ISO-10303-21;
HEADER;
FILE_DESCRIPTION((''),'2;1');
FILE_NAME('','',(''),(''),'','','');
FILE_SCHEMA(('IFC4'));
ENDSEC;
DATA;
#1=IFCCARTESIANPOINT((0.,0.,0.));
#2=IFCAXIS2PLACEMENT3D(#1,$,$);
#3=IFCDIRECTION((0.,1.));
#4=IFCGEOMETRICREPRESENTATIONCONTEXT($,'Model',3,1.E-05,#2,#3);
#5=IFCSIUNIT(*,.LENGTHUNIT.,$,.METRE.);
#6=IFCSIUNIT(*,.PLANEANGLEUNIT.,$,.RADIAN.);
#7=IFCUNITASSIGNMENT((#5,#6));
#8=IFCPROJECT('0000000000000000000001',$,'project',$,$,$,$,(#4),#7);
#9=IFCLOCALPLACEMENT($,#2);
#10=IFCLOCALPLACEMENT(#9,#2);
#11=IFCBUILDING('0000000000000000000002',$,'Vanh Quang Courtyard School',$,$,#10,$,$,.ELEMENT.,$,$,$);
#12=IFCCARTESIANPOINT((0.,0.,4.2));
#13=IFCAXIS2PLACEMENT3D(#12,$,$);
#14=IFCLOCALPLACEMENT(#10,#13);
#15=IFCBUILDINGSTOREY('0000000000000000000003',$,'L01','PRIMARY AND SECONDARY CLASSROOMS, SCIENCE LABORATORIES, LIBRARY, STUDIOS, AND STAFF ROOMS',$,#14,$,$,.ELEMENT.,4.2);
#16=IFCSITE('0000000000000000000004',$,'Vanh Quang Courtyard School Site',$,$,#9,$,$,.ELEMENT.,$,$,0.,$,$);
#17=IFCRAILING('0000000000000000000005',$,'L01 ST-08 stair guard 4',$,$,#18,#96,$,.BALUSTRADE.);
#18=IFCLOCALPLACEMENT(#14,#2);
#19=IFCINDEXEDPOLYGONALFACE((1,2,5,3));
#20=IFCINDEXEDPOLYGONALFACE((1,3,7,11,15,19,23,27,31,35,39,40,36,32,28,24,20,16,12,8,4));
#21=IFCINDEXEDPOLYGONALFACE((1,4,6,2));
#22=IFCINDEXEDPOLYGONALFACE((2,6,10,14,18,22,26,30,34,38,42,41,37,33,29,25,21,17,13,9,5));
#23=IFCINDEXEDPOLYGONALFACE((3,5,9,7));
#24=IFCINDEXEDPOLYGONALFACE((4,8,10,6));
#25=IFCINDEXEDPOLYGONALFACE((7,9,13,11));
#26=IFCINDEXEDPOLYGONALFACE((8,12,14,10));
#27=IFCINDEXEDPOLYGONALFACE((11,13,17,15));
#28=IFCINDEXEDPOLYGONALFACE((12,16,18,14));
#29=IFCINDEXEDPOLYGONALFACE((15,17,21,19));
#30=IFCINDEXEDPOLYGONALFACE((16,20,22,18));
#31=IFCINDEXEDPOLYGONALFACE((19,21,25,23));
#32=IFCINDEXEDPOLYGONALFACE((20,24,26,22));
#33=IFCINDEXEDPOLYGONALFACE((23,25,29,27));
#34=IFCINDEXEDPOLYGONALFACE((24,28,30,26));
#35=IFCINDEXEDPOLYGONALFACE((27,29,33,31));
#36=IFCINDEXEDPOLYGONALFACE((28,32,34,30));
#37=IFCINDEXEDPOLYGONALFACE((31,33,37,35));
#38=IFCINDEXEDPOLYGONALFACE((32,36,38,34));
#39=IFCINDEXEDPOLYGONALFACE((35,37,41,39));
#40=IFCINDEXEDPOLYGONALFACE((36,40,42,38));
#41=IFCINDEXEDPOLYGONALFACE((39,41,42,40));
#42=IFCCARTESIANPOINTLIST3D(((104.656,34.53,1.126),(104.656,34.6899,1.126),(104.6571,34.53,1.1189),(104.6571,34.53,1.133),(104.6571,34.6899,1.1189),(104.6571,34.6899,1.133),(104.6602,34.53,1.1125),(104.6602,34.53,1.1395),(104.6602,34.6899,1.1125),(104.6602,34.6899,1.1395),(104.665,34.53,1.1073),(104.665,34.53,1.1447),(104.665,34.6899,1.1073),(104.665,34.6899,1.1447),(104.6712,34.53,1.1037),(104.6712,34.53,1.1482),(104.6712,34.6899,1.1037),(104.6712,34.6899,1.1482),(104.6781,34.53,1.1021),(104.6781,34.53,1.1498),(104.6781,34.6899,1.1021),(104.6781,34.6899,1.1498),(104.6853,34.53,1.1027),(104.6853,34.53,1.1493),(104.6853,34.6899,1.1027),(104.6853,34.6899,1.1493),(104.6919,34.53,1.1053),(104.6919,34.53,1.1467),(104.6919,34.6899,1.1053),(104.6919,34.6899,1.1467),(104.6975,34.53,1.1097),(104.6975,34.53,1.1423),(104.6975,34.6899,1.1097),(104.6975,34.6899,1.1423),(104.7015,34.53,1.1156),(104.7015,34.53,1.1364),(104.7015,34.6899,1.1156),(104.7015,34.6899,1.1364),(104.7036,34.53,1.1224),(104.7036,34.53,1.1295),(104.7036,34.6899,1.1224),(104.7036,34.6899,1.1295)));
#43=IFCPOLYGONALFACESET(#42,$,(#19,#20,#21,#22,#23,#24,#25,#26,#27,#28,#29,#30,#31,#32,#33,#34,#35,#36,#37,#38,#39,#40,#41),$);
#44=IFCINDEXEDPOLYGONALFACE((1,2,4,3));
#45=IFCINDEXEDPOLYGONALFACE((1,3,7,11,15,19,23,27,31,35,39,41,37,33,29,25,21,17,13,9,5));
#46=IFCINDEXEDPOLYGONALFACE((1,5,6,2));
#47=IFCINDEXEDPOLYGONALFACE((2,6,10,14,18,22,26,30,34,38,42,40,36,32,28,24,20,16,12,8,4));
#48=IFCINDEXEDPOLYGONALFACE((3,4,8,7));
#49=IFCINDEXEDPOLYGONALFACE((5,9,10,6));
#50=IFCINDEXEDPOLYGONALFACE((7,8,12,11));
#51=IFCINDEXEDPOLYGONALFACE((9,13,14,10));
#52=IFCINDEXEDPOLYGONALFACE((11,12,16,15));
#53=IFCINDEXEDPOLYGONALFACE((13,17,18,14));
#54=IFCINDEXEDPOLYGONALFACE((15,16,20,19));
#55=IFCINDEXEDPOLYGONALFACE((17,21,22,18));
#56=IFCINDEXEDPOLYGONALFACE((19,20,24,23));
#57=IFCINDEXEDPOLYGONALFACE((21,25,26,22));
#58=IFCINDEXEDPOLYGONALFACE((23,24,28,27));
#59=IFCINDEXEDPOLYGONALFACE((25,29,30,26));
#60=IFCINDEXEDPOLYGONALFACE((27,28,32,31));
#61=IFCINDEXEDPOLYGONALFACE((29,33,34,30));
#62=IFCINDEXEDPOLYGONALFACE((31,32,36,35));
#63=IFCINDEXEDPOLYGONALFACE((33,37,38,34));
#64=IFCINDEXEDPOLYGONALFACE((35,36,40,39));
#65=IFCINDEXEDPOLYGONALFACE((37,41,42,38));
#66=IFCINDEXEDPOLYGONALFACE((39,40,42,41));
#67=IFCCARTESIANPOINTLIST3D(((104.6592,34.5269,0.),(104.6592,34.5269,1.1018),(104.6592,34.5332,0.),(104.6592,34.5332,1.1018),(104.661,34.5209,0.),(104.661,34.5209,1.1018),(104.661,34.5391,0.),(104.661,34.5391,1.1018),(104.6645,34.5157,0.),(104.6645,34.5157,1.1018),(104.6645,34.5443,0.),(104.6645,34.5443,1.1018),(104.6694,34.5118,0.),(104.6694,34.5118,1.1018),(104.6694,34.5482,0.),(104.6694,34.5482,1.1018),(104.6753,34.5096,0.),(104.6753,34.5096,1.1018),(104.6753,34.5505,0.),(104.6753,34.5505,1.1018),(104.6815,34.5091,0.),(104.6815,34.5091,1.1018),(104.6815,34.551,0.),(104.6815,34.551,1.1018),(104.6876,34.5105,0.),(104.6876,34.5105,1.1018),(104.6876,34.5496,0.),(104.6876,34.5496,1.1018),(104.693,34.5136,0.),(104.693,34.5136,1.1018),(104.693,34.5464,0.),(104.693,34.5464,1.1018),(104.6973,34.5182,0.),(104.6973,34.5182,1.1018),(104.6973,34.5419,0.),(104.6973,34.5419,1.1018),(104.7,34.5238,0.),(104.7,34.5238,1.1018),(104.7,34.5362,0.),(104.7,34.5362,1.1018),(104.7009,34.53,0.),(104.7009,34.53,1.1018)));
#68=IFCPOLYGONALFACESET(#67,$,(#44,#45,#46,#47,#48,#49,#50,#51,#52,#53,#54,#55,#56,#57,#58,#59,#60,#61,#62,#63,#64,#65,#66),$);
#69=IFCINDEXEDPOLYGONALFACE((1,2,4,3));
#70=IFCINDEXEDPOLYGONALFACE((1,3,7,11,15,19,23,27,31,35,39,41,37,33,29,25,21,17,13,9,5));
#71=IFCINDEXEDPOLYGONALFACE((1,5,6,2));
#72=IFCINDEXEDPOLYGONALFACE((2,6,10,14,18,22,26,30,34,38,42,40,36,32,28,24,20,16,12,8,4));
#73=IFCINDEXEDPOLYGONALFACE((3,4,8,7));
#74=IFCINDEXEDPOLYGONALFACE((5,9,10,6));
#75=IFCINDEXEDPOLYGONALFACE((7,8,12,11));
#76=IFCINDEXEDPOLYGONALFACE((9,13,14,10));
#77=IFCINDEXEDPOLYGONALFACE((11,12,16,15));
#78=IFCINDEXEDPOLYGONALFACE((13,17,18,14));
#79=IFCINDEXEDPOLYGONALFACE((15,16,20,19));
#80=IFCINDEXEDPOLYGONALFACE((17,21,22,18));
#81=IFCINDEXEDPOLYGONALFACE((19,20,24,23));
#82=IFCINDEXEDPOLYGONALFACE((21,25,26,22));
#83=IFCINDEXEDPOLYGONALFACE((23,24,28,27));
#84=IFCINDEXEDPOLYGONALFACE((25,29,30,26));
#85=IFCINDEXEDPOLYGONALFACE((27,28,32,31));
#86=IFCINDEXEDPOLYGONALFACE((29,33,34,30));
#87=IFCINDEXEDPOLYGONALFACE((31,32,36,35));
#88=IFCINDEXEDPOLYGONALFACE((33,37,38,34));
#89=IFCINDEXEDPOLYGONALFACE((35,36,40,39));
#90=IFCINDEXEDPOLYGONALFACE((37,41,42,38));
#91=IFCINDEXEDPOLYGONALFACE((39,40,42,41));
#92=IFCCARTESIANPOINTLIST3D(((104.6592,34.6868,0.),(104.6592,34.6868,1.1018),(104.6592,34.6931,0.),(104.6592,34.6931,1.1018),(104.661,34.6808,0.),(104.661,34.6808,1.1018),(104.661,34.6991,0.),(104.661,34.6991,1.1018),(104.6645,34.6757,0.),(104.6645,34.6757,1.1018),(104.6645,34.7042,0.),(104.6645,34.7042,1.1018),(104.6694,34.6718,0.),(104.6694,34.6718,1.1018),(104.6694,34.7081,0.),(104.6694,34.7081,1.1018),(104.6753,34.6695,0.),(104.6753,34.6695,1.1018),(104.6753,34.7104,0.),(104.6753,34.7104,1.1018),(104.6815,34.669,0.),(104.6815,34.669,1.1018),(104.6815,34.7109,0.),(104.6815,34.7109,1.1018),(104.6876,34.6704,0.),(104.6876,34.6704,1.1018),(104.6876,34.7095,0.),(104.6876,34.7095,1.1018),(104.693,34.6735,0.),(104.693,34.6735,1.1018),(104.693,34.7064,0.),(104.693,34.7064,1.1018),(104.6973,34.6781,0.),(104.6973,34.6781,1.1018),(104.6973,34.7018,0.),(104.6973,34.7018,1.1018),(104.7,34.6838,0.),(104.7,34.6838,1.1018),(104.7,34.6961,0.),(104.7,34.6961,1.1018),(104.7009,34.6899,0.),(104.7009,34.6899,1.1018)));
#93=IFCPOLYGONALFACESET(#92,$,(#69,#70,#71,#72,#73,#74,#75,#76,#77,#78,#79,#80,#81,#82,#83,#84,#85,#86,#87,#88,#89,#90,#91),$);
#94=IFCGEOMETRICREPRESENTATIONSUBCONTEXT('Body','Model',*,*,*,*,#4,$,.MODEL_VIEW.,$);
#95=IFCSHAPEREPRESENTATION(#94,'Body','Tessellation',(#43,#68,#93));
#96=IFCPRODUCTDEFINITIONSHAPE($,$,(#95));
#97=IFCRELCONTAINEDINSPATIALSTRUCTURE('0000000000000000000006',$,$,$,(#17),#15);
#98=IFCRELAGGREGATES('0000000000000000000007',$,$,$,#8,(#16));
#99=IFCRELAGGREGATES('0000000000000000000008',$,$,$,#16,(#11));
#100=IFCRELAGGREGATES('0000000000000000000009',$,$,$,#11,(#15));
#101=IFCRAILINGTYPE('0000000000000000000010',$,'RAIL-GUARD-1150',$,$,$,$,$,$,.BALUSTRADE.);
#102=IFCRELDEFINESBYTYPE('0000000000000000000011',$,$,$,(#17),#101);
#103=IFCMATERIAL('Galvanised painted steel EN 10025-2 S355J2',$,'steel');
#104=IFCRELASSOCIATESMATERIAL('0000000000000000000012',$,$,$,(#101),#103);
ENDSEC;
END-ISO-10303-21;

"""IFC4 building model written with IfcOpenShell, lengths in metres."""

from ifc_helpers import new_model, si_unit, direction, frame, origin, origin_2d, place, context, subcontext, project, spatial, circle, extrude, material, type_object, element, save


model = new_model("IFC4")

# Units and contexts
model_context = context("Model", 3, precision=1e-05, world=origin(), true_north=direction((0.0, 1.0)))
body_context = subcontext(model_context, "Body", "Model", "MODEL_VIEW")
ifc_project = project(units=[si_unit("LENGTHUNIT", "METRE"), si_unit("PLANEANGLEUNIT", "RADIAN")], contexts=[model_context])

# Site, building, storey
site_placement = place(None, origin())
site = spatial("IfcSite", under=ifc_project, at=site_placement, Name="Vanh Quang Courtyard School Site", CompositionType="ELEMENT", RefElevation=0.0)
building_placement = place(site_placement, origin())
building = spatial("IfcBuilding", under=site, at=building_placement, Name="Vanh Quang Courtyard School", CompositionType="ELEMENT")
storey_placement = place(building_placement, frame((0.0, 0.0, 4.2)))
storey = spatial("IfcBuildingStorey", under=building, at=storey_placement, Name="L01", Description="PRIMARY AND SECONDARY CLASSROOMS, SCIENCE LABORATORIES, LIBRARY, STUDIOS, AND STAFF ROOMS", CompositionType="ELEMENT", Elevation=4.2)

# Railing
ifc_material_1 = material(Name="Galvanised painted steel EN 10025-2 S355J2", Category="steel")
railing_type_1 = type_object("IfcRailingType", Name="RAIL-GUARD-1150", PredefinedType="BALUSTRADE", material=ifc_material_1)
railing_1_placement = place(storey_placement, frame((104.6799, 34.53, 0.0)))
element("IfcRailing", 1, at=railing_1_placement, inside=storey, type_object=railing_type_1, Name="L01 ST-08 stair guard 4", PredefinedType="BALUSTRADE", context=body_context, shape_type="SweptSolid", body=[
    extrude(circle(Radius=0.0239, at=origin_2d()), frame((0.0, 0.0, 1.126), z_axis=(0.0, 1.0, 0.0), x_axis=(-1.0, 0.0, 0.0)), (0.0, 0.0, 1.0), 0.1599),
    extrude(circle(Radius=0.021, at=origin_2d()), origin(), (0.0, 0.0, 1.0), 1.1018),
    extrude(circle(Radius=0.021, at=origin_2d()), frame((0.0, 0.1599, 0.0)), (0.0, 0.0, 1.0), 1.1018),
])

save(model, "model.ifc")
